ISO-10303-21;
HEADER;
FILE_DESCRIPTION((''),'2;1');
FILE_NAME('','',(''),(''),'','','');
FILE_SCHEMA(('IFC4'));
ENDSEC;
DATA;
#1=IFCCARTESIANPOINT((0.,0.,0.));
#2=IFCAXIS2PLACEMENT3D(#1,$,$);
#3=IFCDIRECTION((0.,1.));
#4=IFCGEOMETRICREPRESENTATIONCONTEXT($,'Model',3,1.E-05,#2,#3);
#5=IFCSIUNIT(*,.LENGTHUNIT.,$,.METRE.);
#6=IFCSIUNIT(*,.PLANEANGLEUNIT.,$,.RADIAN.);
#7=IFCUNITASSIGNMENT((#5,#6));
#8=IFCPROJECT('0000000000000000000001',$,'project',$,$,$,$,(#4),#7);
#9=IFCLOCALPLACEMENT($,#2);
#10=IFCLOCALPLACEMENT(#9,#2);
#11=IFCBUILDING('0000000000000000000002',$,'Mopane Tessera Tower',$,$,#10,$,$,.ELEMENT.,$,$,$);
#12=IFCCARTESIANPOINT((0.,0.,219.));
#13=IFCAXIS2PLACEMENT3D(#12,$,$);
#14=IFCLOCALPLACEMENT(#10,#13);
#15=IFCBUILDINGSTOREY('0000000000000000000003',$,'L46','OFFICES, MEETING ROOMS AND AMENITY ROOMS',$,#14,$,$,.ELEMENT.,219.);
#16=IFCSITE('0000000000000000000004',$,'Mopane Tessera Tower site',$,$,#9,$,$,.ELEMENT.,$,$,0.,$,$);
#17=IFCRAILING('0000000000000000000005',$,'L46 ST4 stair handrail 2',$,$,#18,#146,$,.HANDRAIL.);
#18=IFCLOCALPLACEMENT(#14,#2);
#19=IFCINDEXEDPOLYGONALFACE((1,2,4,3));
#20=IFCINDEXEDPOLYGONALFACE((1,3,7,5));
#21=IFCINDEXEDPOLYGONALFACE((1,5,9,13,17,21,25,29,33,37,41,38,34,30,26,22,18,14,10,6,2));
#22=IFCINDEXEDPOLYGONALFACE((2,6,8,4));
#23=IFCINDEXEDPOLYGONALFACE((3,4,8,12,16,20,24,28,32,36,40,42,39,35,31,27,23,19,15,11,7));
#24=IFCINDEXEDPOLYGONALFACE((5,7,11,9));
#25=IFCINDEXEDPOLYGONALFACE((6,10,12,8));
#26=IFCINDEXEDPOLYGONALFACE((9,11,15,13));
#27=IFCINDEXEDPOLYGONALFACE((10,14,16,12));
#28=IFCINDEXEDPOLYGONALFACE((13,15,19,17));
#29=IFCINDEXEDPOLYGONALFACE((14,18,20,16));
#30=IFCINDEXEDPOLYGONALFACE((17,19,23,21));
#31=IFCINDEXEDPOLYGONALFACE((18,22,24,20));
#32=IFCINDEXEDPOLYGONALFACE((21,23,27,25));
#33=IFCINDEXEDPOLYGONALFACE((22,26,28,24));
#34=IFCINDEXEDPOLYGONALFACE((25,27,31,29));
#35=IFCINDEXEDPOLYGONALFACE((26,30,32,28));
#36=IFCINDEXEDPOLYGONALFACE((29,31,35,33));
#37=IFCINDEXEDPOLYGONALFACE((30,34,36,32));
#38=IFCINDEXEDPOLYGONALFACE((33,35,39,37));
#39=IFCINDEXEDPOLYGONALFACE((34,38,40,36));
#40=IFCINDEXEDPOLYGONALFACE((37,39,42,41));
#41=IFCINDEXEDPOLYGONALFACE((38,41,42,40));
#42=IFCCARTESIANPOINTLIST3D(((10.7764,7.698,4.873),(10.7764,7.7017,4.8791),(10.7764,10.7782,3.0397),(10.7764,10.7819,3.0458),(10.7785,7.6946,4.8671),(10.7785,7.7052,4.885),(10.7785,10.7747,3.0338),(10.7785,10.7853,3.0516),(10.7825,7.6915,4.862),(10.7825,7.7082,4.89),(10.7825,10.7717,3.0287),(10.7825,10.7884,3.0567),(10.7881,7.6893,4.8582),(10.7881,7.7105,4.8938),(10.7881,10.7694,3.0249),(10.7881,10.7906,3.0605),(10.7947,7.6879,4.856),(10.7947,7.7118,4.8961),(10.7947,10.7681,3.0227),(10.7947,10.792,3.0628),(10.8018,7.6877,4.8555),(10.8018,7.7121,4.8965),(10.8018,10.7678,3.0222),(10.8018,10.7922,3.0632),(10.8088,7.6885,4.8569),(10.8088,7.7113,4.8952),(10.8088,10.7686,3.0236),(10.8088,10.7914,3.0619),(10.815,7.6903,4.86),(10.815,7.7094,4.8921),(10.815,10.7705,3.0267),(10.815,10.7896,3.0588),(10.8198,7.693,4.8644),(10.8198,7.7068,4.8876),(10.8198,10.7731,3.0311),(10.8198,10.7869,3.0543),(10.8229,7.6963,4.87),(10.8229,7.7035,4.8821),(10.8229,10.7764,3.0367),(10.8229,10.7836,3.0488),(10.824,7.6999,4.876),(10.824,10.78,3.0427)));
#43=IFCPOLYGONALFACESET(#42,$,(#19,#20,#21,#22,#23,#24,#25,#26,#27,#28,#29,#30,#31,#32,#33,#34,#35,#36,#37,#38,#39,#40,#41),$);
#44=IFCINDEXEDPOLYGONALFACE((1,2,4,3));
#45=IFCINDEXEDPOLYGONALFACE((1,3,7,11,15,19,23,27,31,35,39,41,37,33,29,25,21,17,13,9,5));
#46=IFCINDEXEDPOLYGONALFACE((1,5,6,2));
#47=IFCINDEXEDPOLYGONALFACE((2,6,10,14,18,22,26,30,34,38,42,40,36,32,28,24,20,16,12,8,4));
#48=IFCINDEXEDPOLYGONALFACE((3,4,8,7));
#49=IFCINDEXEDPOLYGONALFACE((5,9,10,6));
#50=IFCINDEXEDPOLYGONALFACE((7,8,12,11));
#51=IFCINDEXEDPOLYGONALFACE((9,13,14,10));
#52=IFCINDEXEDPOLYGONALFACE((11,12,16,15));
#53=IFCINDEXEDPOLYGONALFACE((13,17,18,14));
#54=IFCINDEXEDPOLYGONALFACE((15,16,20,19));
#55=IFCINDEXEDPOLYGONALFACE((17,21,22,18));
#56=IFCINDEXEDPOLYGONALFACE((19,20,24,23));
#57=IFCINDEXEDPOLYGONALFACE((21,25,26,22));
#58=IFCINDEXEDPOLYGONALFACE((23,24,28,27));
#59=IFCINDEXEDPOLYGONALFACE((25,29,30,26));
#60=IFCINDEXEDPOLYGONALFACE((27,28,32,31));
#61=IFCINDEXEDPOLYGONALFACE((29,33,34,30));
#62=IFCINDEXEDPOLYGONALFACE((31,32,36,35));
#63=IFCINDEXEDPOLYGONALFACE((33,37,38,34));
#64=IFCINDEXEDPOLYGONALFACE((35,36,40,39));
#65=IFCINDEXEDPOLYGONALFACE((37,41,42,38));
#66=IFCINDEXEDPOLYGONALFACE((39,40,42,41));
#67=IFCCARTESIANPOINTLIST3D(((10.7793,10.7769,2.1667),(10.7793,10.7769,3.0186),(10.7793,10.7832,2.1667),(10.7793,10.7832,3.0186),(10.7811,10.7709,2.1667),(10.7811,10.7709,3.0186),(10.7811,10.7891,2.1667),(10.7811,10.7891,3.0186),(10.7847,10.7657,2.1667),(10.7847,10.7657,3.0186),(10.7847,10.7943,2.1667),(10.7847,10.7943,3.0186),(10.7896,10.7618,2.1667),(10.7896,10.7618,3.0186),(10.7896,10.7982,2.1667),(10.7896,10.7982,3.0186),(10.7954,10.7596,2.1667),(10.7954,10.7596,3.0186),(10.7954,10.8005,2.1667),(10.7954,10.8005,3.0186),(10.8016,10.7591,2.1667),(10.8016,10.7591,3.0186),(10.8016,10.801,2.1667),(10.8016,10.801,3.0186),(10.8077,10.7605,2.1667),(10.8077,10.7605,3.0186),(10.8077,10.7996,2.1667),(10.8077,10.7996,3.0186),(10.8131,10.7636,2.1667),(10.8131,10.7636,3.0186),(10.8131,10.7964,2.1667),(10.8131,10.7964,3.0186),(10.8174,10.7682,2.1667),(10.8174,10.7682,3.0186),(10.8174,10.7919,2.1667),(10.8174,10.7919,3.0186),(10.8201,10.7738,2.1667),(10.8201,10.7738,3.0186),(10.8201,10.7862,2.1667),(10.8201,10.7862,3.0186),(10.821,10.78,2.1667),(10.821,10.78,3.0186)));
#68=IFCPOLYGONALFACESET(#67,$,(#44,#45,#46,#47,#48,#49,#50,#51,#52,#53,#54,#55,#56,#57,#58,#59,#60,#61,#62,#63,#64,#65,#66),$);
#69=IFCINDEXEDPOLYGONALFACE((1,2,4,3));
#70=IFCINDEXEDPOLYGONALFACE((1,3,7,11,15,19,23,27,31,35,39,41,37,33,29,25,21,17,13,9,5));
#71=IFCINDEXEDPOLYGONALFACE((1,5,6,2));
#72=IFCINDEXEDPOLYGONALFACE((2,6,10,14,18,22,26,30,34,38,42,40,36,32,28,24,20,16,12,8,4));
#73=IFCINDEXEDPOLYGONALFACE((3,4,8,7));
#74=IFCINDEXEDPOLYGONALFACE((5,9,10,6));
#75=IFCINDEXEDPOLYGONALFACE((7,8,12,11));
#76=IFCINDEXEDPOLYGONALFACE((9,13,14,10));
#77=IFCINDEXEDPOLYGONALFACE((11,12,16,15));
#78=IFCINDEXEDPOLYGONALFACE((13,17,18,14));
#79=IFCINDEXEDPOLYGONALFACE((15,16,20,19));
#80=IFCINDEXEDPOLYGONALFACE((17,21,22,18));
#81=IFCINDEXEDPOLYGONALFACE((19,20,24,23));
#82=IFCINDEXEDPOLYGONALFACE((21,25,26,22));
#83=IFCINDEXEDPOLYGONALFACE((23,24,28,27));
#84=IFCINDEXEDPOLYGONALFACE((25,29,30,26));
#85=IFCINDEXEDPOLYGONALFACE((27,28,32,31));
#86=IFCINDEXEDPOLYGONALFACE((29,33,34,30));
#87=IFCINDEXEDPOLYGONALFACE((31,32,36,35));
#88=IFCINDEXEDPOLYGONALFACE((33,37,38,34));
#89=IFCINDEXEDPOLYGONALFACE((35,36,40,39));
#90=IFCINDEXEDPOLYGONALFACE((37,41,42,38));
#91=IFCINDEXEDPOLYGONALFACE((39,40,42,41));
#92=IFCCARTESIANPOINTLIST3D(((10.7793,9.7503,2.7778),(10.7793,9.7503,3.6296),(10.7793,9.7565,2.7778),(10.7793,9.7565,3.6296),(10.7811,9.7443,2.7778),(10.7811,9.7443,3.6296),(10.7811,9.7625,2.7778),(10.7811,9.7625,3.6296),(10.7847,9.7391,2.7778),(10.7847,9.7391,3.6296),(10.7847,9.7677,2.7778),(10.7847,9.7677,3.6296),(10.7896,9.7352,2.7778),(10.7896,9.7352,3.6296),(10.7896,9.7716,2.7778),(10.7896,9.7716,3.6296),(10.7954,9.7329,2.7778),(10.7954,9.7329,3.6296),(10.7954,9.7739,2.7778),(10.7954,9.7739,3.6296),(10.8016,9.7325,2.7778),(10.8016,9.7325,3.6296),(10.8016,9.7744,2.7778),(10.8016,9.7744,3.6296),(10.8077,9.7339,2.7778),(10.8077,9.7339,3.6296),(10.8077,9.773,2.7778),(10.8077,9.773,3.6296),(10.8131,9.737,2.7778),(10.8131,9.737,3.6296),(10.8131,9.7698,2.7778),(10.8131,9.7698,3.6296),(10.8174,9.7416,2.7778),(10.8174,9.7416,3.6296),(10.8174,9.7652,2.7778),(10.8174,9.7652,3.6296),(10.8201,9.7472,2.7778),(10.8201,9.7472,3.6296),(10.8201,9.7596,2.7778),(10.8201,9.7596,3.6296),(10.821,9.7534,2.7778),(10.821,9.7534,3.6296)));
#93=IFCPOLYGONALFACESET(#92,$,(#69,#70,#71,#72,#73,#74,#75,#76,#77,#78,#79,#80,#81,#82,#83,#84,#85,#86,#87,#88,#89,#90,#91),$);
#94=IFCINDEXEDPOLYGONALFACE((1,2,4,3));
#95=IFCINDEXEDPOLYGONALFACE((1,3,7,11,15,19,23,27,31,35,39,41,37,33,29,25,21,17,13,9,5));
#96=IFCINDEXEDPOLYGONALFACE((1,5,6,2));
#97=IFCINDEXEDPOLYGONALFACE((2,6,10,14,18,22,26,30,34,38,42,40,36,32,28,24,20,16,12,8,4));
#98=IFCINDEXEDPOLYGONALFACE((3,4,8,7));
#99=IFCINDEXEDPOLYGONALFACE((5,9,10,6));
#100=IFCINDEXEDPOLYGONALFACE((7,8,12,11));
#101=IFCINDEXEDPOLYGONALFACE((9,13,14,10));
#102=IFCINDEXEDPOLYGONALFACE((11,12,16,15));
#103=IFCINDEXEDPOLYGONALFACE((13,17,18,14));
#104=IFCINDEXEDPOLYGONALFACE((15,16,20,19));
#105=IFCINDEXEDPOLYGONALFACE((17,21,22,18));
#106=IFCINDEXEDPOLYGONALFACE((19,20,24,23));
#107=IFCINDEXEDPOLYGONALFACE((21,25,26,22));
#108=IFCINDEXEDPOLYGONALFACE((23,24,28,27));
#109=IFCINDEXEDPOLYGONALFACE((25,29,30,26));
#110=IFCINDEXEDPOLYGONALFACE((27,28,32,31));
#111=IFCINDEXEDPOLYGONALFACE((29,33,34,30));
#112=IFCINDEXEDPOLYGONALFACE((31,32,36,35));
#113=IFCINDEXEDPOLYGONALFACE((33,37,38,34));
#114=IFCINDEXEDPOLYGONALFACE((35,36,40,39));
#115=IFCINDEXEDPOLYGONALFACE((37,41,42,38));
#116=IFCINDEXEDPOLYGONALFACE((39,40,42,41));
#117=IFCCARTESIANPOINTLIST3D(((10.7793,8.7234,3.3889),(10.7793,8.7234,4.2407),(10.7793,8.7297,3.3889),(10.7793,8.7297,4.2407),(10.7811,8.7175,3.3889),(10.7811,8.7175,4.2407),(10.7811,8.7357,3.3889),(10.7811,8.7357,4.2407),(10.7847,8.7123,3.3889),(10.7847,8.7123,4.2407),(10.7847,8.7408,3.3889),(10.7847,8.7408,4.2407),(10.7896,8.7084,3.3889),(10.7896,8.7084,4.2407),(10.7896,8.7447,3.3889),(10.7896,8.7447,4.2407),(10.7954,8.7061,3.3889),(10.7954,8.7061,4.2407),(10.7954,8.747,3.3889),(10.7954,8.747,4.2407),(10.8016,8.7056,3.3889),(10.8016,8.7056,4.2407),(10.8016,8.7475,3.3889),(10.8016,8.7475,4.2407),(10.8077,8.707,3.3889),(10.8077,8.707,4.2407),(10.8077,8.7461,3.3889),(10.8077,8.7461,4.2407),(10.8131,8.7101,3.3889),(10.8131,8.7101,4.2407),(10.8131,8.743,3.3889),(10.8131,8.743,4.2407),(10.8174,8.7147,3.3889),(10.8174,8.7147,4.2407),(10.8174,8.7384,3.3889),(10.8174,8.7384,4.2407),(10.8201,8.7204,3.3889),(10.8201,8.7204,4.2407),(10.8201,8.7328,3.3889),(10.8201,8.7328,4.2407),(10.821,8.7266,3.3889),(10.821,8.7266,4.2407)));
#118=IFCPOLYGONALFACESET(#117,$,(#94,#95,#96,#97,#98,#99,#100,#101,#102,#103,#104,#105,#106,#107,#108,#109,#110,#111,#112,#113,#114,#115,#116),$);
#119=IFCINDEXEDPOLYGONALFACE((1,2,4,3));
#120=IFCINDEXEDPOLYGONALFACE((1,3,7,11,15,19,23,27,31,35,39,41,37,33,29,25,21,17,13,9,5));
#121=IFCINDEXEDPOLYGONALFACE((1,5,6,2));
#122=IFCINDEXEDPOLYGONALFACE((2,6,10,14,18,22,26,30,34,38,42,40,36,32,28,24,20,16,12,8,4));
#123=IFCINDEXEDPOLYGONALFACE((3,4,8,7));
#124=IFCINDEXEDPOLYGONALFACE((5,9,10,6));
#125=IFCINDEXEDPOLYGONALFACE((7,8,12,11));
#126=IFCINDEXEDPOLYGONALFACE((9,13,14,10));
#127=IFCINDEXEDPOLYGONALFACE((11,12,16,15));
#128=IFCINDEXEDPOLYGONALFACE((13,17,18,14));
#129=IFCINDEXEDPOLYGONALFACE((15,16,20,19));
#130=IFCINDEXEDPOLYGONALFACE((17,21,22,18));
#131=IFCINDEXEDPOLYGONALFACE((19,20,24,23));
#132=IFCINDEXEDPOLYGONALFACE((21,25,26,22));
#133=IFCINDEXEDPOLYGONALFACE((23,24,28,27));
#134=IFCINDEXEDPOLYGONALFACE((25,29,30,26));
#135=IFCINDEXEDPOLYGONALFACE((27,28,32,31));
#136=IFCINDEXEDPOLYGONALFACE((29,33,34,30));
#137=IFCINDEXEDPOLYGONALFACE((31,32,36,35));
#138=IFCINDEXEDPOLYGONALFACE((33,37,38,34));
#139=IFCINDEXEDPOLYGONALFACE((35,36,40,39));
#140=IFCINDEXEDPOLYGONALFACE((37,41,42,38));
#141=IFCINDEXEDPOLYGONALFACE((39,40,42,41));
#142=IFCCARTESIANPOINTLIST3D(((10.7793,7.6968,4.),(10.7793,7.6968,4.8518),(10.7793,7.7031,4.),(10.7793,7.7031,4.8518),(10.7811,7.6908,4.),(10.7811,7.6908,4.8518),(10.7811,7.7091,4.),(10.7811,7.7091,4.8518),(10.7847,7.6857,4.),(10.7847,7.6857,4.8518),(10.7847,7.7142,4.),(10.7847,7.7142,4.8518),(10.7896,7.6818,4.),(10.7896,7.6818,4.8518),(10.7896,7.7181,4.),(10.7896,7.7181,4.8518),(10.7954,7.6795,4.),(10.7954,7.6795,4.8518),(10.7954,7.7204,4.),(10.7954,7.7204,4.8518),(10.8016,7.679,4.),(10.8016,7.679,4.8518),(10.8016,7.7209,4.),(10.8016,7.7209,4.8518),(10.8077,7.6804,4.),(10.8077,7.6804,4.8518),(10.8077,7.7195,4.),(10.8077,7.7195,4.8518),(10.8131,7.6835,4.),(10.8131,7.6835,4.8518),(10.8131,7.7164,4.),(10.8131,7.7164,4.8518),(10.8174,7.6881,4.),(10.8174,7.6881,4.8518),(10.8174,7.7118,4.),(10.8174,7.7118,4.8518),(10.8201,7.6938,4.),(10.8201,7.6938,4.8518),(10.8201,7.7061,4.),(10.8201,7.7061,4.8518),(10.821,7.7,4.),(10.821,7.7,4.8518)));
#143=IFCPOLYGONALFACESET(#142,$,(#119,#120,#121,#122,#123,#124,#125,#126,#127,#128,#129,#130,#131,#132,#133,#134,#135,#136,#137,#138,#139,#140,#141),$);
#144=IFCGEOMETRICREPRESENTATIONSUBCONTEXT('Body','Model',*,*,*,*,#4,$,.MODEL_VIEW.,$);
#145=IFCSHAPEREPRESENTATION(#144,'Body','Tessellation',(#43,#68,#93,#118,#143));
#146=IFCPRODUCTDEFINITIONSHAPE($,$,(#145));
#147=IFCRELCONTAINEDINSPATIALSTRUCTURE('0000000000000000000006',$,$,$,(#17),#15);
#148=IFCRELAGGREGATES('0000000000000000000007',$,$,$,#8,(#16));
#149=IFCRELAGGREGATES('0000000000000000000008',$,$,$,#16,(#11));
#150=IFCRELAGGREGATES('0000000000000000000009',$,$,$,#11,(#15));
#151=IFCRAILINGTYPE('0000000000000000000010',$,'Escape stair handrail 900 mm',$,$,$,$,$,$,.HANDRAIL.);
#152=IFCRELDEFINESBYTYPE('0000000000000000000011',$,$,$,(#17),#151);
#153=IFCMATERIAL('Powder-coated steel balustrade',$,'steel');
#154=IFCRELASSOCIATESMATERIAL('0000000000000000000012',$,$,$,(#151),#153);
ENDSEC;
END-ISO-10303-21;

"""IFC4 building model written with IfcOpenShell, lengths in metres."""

from ifc_helpers import new_model, si_unit, direction, frame, origin, origin_2d, place, context, subcontext, project, spatial, circle, extrude, material, type_object, element, save


model = new_model("IFC4")

# Units and contexts
model_context = context("Model", 3, precision=1e-05, world=origin(), true_north=direction((0.0, 1.0)))
body_context = subcontext(model_context, "Body", "Model", "MODEL_VIEW")
ifc_project = project(units=[si_unit("LENGTHUNIT", "METRE"), si_unit("PLANEANGLEUNIT", "RADIAN")], contexts=[model_context])

# Site, building, storey
site_placement = place(None, origin())
site = spatial("IfcSite", under=ifc_project, at=site_placement, Name="Mopane Tessera Tower site", CompositionType="ELEMENT", RefElevation=0.0)
building_placement = place(site_placement, origin())
building = spatial("IfcBuilding", under=site, at=building_placement, Name="Mopane Tessera Tower", CompositionType="ELEMENT")
storey_placement = place(building_placement, frame((0.0, 0.0, 219.0)))
storey = spatial("IfcBuildingStorey", under=building, at=storey_placement, Name="L46", Description="OFFICES, MEETING ROOMS AND AMENITY ROOMS", CompositionType="ELEMENT", Elevation=219.0)

# Railing
ifc_material_1 = material(Name="Powder-coated steel balustrade", Category="steel")
railing_type_1 = type_object("IfcRailingType", Name="Escape stair handrail 900 mm", PredefinedType="HANDRAIL", material=ifc_material_1)
railing_1_placement = place(storey_placement, frame((10.8, 10.78, 2.1667)))
element("IfcRailing", 1, at=railing_1_placement, inside=storey, type_object=railing_type_1, Name="L46 ST4 stair handrail 2", PredefinedType="HANDRAIL", context=body_context, shape_type="SweptSolid", body=[
    extrude(circle(Radius=0.0239, at=origin_2d()), frame((0.0, 0.0, 0.876), z_axis=(0.0, -0.859309, 0.511458), x_axis=(1.0, 0.0, 0.0)), (0.0, 0.0, 1.0), 3.5845),
    extrude(circle(Radius=0.021, at=origin_2d()), origin(), (0.0, 0.0, 1.0), 0.8518),
    extrude(circle(Radius=0.021, at=origin_2d()), frame((0.0, -1.0266, 0.6111)), (0.0, 0.0, 1.0), 0.8518),
    extrude(circle(Radius=0.021, at=origin_2d()), frame((0.0, -2.0535, 1.2222)), (0.0, 0.0, 1.0), 0.8518),
    extrude(circle(Radius=0.021, at=origin_2d()), frame((0.0, -3.0801, 1.8333)), (0.0, 0.0, 1.0), 0.8518),
])

save(model, "model.ifc")
